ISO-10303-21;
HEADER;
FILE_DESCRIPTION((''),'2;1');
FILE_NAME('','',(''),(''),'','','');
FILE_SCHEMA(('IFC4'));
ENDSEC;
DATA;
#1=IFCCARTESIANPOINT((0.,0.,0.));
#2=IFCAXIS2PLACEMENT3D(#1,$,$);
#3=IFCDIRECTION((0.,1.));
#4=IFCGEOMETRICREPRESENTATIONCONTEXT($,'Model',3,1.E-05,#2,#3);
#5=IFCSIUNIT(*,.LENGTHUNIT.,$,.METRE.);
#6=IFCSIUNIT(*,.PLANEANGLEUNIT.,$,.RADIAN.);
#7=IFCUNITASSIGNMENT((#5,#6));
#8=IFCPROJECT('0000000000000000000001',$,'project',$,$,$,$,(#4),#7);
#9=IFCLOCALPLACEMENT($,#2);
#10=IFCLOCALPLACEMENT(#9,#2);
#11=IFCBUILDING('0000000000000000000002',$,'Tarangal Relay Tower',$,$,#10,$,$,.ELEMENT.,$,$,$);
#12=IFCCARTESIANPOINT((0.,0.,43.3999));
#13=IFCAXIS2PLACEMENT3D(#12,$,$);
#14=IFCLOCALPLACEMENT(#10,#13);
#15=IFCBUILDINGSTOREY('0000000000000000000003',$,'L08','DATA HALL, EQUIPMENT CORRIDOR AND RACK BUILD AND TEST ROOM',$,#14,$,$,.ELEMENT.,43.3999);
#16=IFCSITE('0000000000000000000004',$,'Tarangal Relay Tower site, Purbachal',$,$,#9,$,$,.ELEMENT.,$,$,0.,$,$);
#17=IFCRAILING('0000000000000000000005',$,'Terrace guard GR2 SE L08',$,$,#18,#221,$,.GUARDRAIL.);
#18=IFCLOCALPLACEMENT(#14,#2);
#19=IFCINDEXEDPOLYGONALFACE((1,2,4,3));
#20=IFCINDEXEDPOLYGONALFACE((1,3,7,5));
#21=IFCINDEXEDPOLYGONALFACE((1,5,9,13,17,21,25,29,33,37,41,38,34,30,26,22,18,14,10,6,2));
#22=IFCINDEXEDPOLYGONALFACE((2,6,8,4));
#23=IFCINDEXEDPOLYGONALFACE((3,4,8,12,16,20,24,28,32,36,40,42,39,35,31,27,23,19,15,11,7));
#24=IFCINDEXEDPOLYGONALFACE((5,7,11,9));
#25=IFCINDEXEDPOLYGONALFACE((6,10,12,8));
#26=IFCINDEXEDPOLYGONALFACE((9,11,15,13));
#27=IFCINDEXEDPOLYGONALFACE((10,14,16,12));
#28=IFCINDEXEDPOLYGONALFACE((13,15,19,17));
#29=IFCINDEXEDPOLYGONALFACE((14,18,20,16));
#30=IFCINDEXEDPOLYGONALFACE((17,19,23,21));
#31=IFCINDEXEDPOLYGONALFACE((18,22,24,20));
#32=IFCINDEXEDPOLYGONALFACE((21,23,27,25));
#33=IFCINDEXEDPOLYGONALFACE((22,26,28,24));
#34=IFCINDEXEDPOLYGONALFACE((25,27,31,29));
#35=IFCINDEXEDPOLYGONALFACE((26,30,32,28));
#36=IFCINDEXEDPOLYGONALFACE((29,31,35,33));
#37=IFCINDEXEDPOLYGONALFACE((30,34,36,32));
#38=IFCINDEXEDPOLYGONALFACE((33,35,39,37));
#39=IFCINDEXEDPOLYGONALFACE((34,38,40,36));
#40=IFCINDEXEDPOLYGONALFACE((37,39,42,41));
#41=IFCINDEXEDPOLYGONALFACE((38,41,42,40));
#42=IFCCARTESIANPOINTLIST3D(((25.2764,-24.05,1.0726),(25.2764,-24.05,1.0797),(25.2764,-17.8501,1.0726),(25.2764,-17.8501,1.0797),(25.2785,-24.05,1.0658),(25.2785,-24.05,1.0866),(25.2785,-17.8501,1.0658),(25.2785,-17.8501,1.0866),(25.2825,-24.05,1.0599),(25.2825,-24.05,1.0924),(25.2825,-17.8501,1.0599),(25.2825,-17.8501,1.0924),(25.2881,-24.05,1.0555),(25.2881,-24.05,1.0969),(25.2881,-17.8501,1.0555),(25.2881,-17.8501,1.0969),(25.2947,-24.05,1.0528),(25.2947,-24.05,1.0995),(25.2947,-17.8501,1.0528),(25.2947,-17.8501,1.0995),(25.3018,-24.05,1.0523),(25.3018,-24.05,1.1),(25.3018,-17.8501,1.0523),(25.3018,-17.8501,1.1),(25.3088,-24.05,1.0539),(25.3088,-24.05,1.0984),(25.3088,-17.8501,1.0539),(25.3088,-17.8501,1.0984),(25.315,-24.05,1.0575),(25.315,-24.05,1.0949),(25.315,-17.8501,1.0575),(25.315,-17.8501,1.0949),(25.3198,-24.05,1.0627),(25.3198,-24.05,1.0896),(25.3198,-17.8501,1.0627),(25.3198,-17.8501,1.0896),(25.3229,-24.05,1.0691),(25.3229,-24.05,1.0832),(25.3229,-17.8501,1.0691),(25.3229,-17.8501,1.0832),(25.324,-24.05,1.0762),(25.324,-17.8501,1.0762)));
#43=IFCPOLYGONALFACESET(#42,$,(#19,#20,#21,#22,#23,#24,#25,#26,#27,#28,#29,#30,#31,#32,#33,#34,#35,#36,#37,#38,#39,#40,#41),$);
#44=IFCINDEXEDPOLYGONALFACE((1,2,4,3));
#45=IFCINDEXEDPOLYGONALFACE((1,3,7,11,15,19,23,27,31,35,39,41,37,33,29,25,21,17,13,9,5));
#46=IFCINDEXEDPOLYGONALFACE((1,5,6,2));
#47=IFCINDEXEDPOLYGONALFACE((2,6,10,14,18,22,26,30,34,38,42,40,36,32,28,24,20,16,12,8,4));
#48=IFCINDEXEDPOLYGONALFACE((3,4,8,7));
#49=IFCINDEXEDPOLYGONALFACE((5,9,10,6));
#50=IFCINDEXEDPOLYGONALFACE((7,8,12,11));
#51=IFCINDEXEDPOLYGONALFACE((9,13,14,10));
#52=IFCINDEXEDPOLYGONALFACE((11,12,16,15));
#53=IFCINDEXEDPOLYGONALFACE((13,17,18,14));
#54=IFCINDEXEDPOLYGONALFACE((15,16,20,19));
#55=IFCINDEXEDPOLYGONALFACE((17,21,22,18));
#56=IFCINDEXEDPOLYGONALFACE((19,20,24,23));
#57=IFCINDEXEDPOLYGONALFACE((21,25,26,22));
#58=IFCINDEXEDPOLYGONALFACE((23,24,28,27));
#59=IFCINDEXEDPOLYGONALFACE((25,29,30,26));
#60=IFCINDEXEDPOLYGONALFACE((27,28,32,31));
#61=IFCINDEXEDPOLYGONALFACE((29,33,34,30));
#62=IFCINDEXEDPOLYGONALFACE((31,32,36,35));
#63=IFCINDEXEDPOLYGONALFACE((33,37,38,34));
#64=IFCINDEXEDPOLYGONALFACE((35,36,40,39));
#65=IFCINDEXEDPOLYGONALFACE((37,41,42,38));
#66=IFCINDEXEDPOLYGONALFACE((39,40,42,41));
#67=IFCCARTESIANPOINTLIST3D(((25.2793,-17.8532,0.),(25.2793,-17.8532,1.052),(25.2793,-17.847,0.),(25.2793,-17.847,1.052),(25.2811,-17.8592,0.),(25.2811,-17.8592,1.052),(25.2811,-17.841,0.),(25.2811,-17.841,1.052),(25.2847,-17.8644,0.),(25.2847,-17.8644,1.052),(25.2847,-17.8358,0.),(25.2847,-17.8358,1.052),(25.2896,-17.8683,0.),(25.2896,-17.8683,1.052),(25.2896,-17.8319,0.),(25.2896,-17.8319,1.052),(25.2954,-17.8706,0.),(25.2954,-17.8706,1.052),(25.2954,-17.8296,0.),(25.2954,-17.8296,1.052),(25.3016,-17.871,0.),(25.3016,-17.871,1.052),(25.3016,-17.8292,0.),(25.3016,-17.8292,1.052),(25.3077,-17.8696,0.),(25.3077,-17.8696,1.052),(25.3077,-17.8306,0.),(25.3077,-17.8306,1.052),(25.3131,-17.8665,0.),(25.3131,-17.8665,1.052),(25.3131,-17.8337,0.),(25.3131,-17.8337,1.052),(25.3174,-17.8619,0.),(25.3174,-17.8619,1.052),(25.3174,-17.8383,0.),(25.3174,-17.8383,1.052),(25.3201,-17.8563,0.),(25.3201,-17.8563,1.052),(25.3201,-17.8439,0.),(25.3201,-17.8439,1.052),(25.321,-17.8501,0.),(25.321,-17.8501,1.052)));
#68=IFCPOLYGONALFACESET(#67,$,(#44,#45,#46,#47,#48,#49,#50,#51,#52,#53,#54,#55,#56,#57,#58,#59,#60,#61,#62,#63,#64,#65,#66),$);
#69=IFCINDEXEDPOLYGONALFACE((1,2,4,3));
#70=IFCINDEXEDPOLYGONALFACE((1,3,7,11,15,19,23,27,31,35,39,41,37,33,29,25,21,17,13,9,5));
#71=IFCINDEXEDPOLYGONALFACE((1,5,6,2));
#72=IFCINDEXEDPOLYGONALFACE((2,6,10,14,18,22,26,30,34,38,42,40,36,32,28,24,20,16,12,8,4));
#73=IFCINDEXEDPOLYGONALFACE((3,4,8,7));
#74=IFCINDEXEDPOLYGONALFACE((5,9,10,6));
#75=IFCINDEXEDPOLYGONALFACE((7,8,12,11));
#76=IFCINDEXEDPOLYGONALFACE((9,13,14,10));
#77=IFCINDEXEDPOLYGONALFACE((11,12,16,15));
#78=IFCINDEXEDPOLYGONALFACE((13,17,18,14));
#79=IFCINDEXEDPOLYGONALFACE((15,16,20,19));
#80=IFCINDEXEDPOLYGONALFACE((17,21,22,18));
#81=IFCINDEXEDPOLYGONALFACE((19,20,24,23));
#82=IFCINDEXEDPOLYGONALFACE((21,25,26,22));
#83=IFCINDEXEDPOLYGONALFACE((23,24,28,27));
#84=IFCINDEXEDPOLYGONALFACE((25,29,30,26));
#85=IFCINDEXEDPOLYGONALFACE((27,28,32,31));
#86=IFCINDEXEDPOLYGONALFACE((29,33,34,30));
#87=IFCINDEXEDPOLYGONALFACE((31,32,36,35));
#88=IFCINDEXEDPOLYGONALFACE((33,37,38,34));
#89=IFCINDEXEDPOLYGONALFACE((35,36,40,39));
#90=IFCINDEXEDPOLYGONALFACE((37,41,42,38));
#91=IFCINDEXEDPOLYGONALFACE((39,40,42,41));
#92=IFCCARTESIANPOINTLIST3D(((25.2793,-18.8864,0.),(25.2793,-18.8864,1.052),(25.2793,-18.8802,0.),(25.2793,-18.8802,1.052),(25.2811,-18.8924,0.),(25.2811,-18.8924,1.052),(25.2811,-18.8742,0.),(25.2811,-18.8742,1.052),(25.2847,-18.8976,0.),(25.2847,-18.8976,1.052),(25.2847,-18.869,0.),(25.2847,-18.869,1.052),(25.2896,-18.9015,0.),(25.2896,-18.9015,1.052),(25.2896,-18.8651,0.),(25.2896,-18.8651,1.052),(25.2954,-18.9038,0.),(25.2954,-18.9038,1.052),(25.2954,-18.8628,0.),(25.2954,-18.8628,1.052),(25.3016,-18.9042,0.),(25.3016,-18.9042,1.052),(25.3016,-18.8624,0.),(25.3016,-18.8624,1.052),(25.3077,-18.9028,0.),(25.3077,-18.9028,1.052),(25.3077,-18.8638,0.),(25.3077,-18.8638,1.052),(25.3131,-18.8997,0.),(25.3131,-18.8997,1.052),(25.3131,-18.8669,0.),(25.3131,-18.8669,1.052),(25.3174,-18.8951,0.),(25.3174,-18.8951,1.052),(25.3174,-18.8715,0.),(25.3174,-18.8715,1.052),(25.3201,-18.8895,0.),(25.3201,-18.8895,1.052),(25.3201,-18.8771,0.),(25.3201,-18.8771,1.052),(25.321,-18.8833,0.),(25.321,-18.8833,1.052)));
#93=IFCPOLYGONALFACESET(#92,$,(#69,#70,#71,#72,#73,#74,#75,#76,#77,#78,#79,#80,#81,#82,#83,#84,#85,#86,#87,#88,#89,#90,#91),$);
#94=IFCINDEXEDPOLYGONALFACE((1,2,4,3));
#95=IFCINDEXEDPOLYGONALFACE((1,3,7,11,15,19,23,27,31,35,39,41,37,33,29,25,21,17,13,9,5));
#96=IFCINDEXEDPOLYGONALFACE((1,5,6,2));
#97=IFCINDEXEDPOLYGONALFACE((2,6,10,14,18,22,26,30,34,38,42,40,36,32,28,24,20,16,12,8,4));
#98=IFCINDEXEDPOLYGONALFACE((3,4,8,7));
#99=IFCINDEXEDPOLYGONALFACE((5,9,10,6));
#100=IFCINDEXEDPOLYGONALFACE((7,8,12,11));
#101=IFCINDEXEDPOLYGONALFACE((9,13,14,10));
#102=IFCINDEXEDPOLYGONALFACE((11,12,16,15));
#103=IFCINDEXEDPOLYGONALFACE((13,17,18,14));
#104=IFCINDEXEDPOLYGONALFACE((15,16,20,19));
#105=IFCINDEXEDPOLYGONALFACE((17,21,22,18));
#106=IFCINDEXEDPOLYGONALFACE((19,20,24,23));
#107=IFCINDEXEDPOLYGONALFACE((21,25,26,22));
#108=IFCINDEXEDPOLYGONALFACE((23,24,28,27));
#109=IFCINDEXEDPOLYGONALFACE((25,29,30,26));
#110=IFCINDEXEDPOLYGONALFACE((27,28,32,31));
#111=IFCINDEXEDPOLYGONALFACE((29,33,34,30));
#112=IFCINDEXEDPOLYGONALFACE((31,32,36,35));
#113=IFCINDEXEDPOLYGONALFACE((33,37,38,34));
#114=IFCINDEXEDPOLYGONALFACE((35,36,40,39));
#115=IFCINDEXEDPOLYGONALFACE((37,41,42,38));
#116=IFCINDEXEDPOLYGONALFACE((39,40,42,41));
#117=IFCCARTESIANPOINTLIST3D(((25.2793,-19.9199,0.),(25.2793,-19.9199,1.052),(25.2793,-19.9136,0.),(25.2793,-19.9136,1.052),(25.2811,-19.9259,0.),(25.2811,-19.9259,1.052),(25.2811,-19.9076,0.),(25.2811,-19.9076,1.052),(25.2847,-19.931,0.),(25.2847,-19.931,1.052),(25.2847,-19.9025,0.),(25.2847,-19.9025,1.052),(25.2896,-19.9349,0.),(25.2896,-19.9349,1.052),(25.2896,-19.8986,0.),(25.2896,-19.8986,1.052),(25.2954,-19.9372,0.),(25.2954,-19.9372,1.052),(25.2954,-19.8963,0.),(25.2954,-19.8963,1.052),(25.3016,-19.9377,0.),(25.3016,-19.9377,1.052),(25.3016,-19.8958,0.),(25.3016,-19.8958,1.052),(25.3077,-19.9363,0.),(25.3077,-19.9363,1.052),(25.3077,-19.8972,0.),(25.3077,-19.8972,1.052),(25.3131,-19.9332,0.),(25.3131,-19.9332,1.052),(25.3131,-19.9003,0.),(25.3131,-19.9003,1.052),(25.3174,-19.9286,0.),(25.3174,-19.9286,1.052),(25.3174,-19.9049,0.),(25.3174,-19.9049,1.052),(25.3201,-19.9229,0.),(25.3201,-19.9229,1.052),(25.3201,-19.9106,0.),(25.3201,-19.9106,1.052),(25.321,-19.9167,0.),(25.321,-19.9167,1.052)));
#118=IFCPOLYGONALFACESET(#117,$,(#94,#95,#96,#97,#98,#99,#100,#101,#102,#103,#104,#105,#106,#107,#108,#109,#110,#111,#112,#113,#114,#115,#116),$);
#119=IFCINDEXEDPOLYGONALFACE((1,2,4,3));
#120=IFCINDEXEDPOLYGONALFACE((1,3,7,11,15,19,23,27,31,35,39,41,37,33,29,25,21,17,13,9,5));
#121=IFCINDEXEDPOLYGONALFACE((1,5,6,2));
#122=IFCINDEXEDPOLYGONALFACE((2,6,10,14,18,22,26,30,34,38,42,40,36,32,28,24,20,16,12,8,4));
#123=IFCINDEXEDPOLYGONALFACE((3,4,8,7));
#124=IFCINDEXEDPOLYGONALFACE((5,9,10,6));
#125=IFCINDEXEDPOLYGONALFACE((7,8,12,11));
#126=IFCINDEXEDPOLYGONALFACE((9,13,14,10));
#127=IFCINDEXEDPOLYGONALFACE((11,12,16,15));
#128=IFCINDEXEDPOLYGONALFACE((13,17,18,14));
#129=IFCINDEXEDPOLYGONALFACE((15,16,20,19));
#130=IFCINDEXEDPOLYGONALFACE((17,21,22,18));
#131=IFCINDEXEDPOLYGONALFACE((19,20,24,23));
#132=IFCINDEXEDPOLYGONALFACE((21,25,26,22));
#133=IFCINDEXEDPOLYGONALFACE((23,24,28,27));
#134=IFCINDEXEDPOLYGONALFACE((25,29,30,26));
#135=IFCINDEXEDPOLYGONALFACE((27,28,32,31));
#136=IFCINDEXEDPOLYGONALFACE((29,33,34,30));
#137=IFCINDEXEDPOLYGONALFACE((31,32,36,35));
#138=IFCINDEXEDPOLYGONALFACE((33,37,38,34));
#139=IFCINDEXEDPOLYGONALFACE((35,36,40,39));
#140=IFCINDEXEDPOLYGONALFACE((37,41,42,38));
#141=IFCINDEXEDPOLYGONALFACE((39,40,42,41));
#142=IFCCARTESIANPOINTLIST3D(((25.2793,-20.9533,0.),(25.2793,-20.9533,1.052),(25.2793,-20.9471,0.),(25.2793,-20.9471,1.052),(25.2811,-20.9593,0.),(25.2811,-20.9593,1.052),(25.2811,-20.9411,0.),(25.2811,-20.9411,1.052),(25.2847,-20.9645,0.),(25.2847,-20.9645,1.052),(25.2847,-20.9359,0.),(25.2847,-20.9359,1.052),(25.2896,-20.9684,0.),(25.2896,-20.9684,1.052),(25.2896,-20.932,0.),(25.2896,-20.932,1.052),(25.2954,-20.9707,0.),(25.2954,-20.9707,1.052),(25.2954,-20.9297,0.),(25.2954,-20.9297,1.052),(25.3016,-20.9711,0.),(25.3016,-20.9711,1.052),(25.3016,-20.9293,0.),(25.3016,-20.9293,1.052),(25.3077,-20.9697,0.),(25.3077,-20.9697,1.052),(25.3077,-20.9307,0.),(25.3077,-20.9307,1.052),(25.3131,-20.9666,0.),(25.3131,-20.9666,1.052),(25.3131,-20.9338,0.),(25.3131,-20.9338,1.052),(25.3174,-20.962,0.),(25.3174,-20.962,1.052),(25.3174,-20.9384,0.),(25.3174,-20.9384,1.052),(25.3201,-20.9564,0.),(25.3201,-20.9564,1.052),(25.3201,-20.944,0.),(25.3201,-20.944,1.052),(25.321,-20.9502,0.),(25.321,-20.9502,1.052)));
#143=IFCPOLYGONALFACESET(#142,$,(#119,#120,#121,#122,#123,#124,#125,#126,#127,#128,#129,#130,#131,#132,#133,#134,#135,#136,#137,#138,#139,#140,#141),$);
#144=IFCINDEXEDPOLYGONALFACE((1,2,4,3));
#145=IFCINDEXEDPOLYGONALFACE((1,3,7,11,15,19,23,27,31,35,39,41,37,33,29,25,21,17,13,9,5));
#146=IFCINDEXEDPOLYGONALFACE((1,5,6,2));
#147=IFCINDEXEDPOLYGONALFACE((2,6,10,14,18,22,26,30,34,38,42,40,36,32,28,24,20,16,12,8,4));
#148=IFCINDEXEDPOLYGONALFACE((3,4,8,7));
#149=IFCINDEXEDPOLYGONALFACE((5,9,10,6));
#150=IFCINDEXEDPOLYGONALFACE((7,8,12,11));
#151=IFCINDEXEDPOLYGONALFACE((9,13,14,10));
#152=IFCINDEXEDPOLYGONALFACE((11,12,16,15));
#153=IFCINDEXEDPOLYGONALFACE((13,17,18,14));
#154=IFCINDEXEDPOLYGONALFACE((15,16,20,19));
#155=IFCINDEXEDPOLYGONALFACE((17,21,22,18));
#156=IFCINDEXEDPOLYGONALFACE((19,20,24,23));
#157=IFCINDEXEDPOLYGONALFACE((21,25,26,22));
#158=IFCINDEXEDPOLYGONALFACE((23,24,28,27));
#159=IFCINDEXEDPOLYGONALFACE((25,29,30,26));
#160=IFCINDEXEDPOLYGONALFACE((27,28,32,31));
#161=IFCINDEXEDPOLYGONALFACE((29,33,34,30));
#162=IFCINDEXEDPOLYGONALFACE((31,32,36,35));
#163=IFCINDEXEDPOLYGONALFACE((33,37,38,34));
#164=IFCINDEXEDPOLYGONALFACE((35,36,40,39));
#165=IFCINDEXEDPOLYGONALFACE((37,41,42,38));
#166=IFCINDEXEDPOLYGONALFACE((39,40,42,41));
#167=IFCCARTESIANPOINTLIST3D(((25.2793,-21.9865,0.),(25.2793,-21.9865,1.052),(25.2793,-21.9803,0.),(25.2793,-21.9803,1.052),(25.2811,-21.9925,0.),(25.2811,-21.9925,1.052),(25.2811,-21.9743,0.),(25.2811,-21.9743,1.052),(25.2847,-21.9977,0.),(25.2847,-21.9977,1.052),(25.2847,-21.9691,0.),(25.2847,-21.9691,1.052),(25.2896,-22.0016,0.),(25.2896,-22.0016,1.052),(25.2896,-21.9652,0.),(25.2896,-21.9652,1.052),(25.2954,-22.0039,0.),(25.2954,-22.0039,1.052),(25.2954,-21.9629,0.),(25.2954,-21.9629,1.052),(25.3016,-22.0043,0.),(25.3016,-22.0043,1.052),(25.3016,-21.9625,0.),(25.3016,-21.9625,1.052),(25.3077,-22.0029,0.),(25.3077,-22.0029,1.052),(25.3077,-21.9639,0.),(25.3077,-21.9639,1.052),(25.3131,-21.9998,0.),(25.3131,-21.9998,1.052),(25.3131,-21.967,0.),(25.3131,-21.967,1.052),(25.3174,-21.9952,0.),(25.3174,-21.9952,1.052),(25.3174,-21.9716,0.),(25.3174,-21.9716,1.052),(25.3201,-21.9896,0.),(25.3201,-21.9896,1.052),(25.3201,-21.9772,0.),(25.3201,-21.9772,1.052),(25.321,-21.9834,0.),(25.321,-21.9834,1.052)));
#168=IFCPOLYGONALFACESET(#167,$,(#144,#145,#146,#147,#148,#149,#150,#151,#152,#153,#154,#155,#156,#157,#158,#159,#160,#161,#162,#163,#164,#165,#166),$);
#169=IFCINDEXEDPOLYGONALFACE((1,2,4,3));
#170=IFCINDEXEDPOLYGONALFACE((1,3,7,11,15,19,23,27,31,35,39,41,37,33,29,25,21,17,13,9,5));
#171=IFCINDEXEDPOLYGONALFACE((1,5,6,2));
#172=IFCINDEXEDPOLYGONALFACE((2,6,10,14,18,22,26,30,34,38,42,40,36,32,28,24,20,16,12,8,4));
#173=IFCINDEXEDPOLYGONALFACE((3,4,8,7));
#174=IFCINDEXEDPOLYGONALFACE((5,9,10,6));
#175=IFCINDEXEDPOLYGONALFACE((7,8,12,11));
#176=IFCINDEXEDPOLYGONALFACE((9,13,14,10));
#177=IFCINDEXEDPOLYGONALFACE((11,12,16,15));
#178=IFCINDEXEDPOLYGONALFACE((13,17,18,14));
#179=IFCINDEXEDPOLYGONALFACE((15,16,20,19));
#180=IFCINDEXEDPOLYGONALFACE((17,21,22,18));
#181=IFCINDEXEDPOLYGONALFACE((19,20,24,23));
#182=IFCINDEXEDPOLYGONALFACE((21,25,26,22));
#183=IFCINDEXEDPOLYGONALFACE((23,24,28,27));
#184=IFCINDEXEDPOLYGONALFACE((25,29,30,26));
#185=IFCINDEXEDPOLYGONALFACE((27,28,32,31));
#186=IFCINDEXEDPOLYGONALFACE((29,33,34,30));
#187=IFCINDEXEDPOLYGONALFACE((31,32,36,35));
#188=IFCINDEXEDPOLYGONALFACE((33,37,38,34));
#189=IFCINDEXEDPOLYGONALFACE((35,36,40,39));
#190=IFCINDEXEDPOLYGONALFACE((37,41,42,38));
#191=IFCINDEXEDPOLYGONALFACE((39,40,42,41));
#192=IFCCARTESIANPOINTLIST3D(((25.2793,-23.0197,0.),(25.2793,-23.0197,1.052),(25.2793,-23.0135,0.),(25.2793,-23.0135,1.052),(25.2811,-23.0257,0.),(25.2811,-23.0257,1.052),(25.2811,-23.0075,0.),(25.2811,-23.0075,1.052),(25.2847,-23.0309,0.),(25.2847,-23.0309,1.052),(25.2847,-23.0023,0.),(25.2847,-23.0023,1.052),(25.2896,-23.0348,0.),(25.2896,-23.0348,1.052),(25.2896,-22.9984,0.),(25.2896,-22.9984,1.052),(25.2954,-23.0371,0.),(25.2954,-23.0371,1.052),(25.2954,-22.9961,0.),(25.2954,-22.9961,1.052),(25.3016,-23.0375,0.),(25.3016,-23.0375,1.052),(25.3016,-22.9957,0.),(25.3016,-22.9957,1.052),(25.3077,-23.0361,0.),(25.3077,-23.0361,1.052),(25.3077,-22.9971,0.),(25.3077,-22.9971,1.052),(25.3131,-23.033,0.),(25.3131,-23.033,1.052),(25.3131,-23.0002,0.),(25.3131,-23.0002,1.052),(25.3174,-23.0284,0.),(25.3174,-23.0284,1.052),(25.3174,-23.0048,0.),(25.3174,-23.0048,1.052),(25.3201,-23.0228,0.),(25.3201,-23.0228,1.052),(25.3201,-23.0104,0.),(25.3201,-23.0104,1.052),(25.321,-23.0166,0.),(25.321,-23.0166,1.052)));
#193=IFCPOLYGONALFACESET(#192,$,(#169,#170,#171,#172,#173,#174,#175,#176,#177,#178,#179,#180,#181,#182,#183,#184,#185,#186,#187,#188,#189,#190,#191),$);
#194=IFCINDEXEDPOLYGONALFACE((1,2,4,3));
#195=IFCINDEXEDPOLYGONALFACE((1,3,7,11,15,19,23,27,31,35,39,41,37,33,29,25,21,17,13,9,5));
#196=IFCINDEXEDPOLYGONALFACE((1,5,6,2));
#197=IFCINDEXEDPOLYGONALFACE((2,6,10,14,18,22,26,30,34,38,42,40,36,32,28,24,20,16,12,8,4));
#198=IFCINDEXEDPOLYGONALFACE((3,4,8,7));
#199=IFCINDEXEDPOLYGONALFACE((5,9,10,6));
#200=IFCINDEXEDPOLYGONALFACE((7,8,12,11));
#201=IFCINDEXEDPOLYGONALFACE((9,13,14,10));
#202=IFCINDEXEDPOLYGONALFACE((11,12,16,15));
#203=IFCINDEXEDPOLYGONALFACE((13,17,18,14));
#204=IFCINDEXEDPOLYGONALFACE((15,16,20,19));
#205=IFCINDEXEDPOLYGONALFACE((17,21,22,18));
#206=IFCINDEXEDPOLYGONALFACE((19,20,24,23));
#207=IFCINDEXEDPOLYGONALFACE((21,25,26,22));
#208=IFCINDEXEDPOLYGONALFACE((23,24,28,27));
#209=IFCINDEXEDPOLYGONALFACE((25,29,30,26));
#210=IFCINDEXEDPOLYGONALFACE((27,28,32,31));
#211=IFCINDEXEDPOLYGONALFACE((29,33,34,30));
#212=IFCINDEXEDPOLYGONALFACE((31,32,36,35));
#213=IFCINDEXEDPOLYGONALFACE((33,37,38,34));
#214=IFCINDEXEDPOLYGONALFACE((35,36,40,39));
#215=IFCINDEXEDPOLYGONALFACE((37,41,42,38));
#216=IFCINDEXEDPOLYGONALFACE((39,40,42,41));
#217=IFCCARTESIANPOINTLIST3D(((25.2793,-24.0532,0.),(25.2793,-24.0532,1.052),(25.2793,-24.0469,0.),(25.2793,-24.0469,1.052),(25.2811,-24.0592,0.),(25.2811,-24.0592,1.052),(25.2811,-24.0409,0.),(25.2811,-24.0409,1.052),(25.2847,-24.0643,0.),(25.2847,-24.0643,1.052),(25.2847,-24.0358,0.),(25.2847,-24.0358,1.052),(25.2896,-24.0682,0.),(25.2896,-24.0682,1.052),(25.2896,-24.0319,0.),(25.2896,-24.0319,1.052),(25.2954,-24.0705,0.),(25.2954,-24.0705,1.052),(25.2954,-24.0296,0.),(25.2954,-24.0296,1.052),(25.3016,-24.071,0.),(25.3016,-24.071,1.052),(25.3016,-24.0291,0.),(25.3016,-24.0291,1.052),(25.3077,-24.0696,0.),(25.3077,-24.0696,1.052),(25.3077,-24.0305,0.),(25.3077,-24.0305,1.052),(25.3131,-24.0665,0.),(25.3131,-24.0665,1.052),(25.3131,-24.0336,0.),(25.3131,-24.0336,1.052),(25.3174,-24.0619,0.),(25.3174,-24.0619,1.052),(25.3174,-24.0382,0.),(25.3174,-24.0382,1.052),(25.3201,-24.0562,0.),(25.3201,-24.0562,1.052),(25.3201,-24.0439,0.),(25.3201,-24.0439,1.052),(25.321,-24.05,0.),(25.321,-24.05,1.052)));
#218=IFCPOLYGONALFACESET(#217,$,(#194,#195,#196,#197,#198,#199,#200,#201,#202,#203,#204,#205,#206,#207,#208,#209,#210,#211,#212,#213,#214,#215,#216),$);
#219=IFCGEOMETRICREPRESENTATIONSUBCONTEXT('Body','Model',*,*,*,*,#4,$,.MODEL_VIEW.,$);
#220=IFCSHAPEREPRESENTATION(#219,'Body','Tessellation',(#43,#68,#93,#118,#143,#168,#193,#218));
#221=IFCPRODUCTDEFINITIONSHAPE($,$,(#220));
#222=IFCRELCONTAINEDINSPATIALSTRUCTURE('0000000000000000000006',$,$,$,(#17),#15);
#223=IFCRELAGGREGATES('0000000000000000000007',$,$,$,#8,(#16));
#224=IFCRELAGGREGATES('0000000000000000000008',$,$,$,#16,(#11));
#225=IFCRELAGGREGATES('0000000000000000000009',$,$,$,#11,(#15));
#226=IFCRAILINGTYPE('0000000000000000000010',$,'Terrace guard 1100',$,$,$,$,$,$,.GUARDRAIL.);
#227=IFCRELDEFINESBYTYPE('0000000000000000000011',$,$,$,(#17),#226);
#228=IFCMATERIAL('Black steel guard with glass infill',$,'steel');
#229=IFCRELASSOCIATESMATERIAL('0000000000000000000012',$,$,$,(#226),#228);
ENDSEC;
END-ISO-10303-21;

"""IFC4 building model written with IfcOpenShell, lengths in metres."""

from ifc_helpers import new_model, si_unit, direction, frame, origin, origin_2d, place, context, subcontext, project, spatial, circle, extrude, material, type_object, element, save


model = new_model("IFC4")

# Units and contexts
model_context = context("Model", 3, precision=1e-05, world=origin(), true_north=direction((0.0, 1.0)))
body_context = subcontext(model_context, "Body", "Model", "MODEL_VIEW")
ifc_project = project(units=[si_unit("LENGTHUNIT", "METRE"), si_unit("PLANEANGLEUNIT", "RADIAN")], contexts=[model_context])

# Site, building, storey
site_placement = place(None, origin())
site = spatial("IfcSite", under=ifc_project, at=site_placement, Name="Tarangal Relay Tower site, Purbachal", CompositionType="ELEMENT", RefElevation=0.0)
building_placement = place(site_placement, origin())
building = spatial("IfcBuilding", under=site, at=building_placement, Name="Tarangal Relay Tower", CompositionType="ELEMENT")
storey_placement = place(building_placement, frame((0.0, 0.0, 43.3999)))
storey = spatial("IfcBuildingStorey", under=building, at=storey_placement, Name="L08", Description="DATA HALL, EQUIPMENT CORRIDOR AND RACK BUILD AND TEST ROOM", CompositionType="ELEMENT", Elevation=43.3999)

# Railing
ifc_material_1 = material(Name="Black steel guard with glass infill", Category="steel")
railing_type = type_object("IfcRailingType", Name="Terrace guard 1100", PredefinedType="GUARDRAIL", material=ifc_material_1)
railing_1_placement = place(storey_placement, frame((25.3, -17.8501, 0.0)))
element("IfcRailing", 1, at=railing_1_placement, inside=storey, type_object=railing_type, Name="Terrace guard GR2 SE L08", PredefinedType="GUARDRAIL", context=body_context, shape_type="SweptSolid", body=[
    extrude(circle(Radius=0.0239, at=origin_2d()), frame((0.0, 0.0, 1.0762), z_axis=(0.0, -1.0, 0.0), x_axis=(1.0, 0.0, 0.0)), (0.0, 0.0, 1.0), 6.2),
    extrude(circle(Radius=0.021, at=origin_2d()), origin(), (0.0, 0.0, 1.0), 1.052),
    extrude(circle(Radius=0.021, at=origin_2d()), frame((0.0, -1.0332, 0.0)), (0.0, 0.0, 1.0), 1.052),
    extrude(circle(Radius=0.021, at=origin_2d()), frame((0.0, -2.0667, 0.0)), (0.0, 0.0, 1.0), 1.052),
    extrude(circle(Radius=0.021, at=origin_2d()), frame((0.0, -3.1001, 0.0)), (0.0, 0.0, 1.0), 1.052),
    extrude(circle(Radius=0.021, at=origin_2d()), frame((0.0, -4.1333, 0.0)), (0.0, 0.0, 1.0), 1.052),
    extrude(circle(Radius=0.021, at=origin_2d()), frame((0.0, -5.1665, 0.0)), (0.0, 0.0, 1.0), 1.052),
    extrude(circle(Radius=0.021, at=origin_2d()), frame((0.0, -6.2, 0.0)), (0.0, 0.0, 1.0), 1.052),
])

save(model, "model.ifc")
